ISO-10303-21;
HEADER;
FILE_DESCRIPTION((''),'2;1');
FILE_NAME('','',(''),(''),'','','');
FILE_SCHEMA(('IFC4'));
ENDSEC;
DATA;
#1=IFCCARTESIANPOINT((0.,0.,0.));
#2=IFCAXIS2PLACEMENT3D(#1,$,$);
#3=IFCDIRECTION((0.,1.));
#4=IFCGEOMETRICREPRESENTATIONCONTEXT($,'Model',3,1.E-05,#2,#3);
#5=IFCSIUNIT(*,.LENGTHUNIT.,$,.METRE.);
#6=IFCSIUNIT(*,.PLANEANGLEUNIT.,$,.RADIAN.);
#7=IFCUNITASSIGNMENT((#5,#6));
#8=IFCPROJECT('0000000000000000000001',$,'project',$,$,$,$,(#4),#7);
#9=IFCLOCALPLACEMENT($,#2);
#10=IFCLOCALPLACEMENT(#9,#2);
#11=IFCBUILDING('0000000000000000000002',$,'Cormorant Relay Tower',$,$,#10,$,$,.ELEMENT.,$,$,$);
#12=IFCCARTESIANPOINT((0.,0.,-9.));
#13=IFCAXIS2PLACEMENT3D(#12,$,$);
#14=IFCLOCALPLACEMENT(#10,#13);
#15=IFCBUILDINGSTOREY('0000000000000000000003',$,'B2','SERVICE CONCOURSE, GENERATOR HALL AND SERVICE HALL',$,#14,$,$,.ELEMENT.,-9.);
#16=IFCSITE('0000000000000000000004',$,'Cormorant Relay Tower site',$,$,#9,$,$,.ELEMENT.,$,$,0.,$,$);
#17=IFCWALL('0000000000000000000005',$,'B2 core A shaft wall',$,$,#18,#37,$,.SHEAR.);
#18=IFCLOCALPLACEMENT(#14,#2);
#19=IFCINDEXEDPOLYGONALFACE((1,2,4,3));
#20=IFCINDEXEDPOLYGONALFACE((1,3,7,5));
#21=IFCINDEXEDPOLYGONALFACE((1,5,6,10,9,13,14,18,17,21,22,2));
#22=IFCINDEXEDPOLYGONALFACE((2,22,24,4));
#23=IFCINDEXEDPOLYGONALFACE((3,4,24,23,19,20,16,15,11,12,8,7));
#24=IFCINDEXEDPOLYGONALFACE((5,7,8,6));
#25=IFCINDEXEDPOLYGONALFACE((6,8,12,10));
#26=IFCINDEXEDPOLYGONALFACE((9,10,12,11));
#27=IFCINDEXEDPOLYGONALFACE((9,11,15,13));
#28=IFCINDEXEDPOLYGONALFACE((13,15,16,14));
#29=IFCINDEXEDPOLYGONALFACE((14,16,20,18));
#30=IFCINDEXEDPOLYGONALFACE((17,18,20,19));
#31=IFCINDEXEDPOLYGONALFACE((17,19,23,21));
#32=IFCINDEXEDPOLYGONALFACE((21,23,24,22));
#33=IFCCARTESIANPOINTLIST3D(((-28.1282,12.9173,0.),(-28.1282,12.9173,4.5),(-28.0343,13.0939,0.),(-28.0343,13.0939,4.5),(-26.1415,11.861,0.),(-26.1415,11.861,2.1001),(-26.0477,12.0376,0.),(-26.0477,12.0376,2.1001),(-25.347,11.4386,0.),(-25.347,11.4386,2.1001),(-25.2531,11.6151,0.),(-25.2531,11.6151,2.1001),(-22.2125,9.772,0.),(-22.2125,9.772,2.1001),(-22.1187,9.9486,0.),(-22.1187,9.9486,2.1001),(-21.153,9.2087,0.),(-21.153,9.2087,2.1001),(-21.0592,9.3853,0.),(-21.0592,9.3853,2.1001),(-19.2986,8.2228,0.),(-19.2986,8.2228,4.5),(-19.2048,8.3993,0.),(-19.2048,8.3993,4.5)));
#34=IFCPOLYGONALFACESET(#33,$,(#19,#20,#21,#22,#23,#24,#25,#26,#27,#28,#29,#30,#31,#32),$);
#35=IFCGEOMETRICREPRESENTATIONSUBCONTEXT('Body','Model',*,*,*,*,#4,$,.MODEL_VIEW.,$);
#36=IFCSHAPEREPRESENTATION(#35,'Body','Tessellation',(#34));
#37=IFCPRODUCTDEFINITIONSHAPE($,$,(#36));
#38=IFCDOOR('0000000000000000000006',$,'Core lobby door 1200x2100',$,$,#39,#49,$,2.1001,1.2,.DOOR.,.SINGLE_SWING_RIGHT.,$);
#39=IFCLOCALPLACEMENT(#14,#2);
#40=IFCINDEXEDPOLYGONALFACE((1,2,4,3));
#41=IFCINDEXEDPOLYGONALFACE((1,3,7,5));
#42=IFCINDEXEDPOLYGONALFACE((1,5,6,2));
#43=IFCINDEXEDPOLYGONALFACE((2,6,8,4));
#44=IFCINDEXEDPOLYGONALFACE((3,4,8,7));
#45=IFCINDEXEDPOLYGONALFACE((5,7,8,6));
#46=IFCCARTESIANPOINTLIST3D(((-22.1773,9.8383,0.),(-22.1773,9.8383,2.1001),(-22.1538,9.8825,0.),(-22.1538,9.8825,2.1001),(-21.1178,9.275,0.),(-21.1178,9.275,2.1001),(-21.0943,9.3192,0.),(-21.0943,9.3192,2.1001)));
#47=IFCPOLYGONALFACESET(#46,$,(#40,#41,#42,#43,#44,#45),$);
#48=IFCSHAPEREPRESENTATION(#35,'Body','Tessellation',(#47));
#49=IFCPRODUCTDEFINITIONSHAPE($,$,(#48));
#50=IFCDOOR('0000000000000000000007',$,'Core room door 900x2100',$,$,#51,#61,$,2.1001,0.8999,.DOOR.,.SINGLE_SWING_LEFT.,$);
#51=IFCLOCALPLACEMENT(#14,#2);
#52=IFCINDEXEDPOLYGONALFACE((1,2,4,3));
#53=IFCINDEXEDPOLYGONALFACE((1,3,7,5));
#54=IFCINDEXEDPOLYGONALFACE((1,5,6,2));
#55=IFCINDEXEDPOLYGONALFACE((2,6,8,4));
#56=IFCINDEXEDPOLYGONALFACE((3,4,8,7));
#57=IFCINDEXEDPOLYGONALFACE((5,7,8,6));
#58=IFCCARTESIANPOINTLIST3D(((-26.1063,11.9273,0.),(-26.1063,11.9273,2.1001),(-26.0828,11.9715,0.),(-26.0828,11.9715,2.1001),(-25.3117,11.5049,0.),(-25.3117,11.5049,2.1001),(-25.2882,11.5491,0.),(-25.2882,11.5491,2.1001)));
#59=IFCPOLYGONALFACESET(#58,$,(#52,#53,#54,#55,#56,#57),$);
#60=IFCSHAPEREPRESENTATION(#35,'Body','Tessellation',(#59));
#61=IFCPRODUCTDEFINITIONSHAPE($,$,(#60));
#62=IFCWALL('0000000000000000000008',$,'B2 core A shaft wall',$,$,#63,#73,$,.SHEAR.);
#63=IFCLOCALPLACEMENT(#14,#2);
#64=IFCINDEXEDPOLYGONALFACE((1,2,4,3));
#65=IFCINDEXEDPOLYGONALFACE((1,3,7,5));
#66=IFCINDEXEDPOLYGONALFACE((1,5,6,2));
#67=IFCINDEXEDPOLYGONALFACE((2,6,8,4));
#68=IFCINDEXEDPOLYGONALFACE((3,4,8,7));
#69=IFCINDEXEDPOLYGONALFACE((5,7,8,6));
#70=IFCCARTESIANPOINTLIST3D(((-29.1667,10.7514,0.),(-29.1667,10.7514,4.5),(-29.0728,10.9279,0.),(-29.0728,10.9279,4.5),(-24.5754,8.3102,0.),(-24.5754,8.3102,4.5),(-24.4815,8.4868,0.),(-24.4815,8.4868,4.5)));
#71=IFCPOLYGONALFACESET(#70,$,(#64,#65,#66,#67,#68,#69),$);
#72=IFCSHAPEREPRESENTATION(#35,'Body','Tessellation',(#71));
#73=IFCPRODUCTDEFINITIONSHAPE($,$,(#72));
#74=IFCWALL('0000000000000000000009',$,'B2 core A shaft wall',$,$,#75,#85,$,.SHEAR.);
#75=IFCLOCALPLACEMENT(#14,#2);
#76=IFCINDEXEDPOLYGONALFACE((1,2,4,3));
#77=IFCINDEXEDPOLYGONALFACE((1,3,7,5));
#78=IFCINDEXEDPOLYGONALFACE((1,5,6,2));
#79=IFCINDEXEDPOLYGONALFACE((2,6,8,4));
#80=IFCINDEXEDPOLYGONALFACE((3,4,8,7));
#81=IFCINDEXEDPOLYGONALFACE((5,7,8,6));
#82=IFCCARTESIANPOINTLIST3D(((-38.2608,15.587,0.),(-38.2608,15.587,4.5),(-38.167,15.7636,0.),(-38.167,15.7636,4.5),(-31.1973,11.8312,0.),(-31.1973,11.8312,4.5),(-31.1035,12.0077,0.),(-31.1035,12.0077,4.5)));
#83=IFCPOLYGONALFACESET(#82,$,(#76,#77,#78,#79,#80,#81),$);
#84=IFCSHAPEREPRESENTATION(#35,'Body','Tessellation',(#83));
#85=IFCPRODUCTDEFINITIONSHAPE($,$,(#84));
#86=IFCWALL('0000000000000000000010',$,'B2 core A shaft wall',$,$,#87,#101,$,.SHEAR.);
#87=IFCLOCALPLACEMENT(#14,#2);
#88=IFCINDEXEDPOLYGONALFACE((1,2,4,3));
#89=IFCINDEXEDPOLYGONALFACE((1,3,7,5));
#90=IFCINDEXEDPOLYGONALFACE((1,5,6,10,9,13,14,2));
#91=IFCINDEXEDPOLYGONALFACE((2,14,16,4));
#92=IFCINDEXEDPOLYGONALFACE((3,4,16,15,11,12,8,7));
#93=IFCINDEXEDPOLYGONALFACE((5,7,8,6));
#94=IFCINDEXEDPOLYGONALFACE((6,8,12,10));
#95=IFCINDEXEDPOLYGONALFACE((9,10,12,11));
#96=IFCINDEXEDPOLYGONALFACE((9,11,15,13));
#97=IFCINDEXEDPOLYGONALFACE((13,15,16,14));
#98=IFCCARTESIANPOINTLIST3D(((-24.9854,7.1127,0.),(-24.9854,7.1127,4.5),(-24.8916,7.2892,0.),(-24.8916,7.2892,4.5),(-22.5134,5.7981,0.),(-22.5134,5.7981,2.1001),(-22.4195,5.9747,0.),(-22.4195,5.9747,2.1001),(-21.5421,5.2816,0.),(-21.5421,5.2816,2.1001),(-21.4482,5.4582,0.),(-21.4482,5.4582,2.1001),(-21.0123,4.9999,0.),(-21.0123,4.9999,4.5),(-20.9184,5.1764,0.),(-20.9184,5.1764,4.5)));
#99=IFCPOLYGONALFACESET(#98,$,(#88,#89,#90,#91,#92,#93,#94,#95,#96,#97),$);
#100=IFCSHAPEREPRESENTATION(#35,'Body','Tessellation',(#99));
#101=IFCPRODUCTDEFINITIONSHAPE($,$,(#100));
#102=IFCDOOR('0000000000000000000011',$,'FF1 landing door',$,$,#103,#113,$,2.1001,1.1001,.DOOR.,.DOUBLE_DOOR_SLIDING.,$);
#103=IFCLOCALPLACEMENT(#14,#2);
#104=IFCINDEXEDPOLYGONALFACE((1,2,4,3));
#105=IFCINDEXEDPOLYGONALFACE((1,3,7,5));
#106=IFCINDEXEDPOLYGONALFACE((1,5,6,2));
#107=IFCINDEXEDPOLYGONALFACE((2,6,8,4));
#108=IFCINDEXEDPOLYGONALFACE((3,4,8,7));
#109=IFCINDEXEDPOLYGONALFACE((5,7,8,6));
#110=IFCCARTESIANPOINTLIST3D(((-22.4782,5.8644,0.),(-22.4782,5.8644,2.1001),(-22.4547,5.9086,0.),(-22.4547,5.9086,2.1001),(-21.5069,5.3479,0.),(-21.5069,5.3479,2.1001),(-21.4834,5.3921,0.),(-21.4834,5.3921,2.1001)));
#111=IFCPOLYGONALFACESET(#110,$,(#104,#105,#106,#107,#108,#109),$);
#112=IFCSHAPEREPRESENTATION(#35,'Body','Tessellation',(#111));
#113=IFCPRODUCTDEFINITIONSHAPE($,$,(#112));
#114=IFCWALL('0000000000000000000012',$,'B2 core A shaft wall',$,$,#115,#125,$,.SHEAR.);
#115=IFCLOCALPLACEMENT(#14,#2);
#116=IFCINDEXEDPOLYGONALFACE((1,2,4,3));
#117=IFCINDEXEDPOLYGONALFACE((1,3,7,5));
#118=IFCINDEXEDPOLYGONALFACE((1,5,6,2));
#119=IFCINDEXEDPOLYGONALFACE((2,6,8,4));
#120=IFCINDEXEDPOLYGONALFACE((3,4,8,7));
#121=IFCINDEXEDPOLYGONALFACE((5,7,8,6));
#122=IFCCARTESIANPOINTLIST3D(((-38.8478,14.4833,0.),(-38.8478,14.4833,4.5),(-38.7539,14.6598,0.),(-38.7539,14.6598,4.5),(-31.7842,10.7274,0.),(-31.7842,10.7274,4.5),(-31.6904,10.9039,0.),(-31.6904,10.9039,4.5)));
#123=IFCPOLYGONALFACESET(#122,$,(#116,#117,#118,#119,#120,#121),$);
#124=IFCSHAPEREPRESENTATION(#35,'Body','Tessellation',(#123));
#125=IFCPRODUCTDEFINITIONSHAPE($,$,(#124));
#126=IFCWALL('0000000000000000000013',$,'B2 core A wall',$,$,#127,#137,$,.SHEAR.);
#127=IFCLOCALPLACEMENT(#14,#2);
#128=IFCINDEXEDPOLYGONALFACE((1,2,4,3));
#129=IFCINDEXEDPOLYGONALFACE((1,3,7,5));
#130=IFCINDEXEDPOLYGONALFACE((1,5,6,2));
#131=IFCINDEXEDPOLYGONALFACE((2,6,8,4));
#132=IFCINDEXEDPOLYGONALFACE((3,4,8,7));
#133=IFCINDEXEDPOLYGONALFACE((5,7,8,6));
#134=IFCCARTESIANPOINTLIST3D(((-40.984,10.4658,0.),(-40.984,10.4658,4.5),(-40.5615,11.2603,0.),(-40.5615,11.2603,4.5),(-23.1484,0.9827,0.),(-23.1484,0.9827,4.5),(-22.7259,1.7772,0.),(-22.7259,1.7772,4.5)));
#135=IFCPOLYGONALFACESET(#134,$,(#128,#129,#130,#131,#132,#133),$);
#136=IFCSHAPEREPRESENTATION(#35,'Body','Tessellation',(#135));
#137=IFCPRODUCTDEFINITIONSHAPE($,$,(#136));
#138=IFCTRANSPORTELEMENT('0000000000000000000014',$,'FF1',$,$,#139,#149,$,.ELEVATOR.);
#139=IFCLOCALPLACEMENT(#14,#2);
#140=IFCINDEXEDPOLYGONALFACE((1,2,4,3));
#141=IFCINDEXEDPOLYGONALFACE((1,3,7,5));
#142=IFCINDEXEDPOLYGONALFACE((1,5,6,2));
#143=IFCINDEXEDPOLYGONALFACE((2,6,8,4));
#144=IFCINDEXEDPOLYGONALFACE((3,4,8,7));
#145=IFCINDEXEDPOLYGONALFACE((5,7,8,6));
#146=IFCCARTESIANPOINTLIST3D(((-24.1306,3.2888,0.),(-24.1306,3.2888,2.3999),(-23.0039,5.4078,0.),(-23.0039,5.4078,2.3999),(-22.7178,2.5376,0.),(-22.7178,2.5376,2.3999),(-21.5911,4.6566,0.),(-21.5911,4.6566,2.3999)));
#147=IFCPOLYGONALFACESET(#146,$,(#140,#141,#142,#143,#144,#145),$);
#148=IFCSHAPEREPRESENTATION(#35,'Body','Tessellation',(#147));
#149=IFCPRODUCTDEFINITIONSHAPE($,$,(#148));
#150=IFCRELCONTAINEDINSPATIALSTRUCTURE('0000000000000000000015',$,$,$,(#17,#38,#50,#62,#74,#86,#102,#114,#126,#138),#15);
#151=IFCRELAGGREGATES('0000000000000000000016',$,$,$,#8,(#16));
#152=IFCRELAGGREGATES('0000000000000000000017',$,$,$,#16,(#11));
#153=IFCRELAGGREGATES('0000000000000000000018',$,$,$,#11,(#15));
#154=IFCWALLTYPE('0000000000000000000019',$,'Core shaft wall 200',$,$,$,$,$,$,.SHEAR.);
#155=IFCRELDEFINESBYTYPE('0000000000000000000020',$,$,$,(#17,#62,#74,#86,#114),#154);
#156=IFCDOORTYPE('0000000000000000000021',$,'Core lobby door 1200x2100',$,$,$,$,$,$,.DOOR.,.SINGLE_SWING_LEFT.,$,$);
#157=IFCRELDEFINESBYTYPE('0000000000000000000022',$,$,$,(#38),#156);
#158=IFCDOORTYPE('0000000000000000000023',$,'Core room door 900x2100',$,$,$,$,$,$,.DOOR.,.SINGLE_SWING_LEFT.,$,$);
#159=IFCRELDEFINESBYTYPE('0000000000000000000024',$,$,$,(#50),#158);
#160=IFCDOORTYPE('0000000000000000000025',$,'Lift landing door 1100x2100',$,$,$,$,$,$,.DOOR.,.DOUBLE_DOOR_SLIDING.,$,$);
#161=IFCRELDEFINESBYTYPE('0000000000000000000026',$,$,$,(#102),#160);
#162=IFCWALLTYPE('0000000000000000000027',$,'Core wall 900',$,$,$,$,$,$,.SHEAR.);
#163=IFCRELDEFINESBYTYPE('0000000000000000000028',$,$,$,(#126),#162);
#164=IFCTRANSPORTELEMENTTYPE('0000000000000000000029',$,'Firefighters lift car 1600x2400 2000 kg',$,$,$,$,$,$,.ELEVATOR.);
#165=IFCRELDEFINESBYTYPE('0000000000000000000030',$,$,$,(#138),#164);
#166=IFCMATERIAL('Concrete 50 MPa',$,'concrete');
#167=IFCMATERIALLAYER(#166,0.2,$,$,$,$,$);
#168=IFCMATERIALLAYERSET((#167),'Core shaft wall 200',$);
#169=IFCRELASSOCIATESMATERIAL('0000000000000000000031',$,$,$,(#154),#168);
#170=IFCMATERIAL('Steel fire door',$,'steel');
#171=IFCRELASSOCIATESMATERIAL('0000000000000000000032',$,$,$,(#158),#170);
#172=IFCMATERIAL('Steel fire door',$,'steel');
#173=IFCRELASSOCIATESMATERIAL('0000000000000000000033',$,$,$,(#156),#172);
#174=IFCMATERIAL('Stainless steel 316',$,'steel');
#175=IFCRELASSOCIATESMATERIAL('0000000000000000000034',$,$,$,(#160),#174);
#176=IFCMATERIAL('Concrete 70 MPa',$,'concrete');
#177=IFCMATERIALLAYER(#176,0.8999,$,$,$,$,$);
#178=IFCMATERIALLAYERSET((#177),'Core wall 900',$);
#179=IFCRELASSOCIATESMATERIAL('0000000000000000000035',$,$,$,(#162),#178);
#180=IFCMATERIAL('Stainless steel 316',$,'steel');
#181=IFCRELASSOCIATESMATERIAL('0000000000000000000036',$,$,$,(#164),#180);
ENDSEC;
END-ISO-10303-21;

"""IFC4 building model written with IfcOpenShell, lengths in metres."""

from ifc_helpers import new_model, si_unit, direction, frame, frame_2d, origin, origin_2d, place, context, subcontext, project, spatial, rectangle, extrude, material, layer, layer_set, type_object, element, fill, save


model = new_model("IFC4")

# Units and contexts
model_context = context("Model", 3, precision=1e-05, world=origin(), true_north=direction((0.0, 1.0)))
body_context = subcontext(model_context, "Body", "Model", "MODEL_VIEW")
ifc_project = project(units=[si_unit("LENGTHUNIT", "METRE"), si_unit("PLANEANGLEUNIT", "RADIAN")], contexts=[model_context])

# Site, building, storey
site_placement = place(None, origin())
site = spatial("IfcSite", under=ifc_project, at=site_placement, Name="Cormorant Relay Tower site", CompositionType="ELEMENT", RefElevation=0.0)
building_placement = place(site_placement, origin())
building = spatial("IfcBuilding", under=site, at=building_placement, Name="Cormorant Relay Tower", CompositionType="ELEMENT")
storey_placement = place(building_placement, frame((0.0, 0.0, -9.0)))
storey = spatial("IfcBuildingStorey", under=building, at=storey_placement, Name="B2", Description="SERVICE CONCOURSE, GENERATOR HALL AND SERVICE HALL", CompositionType="ELEMENT", Elevation=-9.0)

# Shared definitions
ifc_material_1 = material(Name="Concrete 50 MPa", Category="concrete")
ifc_layer_1 = layer(ifc_material_1, 0.2)
ifc_layer_set_1 = layer_set([ifc_layer_1], Name="Core shaft wall 200")
wall_type_1 = type_object("IfcWallType", Name="Core shaft wall 200", PredefinedType="SHEAR", material=ifc_layer_set_1)

# Shared definitions
ifc_material_2 = material(Name="Steel fire door", Category="steel")
door_type_1 = type_object("IfcDoorType", Name="Core room door 900x2100", OperationType="SINGLE_SWING_LEFT", PredefinedType="DOOR", material=ifc_material_2)

# Wall, openings, doors
wall_1_placement = place(storey_placement, frame((-19.2517, 8.311, 0.0), z_axis=(0.0, 0.0, 1.0), x_axis=(-0.882956, 0.469456, 0.0)))
wall_1 = element("IfcWall", 1, at=wall_1_placement, inside=storey, type_object=wall_type_1, Name="B2 core A shaft wall", PredefinedType="SHEAR", context=body_context, shape_type="SweptSolid", body=[
    extrude(rectangle(XDim=10.0, YDim=0.2, at=frame_2d((5.0, 0.0))), origin(), (0.0, 0.0, 1.0), 4.5),
])
opening_1_placement = place(wall_1_placement, frame((2.1001, 0.0, 0.0)))
opening_1 = element("IfcOpeningElement", 2, at=opening_1_placement, cuts=wall_1, PredefinedType="OPENING", context=body_context, shape_type="SweptSolid", body=[
    extrude(rectangle(XDim=1.2, YDim=2.1001, at=frame_2d((0.6001, 1.05))), frame((0.0, 0.1099, 0.0), z_axis=(0.0, -1.0, 0.0), x_axis=(1.0, 0.0, 0.0)), (0.0, 0.0, 1.0), 0.22),
])
opening_2_placement = place(wall_1_placement, frame((6.8501, 0.0, 0.0)))
opening_2 = element("IfcOpeningElement", 3, at=opening_2_placement, cuts=wall_1, PredefinedType="OPENING", context=body_context, shape_type="SweptSolid", body=[
    extrude(rectangle(XDim=0.8999, YDim=2.1001, at=frame_2d((0.45, 1.05))), frame((0.0, 0.1099, 0.0), z_axis=(0.0, -1.0, 0.0), x_axis=(1.0, 0.0, 0.0)), (0.0, 0.0, 1.0), 0.22),
])
ifc_material_3 = material(Name="Steel fire door", Category="steel")
door_type_2 = type_object("IfcDoorType", Name="Core lobby door 1200x2100", OperationType="SINGLE_SWING_LEFT", PredefinedType="DOOR", material=ifc_material_3)
door_1_placement = place(opening_1_placement, origin())
door_1 = element("IfcDoor", 4, at=door_1_placement, inside=storey, type_object=door_type_2, Name="Core lobby door 1200x2100", OperationType="SINGLE_SWING_RIGHT", OverallHeight=2.1001, OverallWidth=1.2, PredefinedType="DOOR", context=body_context, shape_type="SweptSolid", body=[
    extrude(rectangle(XDim=1.2, YDim=2.1001, at=frame_2d((0.6001, 1.05))), frame((0.0, 0.0249, 0.0), z_axis=(0.0, -1.0, 0.0), x_axis=(1.0, 0.0, 0.0)), (0.0, 0.0, 1.0), 0.05),
])
fill(opening_1, door_1)
door_2_placement = place(opening_2_placement, origin())
door_2 = element("IfcDoor", 5, at=door_2_placement, inside=storey, type_object=door_type_1, Name="Core room door 900x2100", OperationType="SINGLE_SWING_LEFT", OverallHeight=2.1001, OverallWidth=0.8999, PredefinedType="DOOR", context=body_context, shape_type="SweptSolid", body=[
    extrude(rectangle(XDim=0.8999, YDim=2.1001, at=frame_2d((0.45, 1.05))), frame((0.0, 0.0249, 0.0), z_axis=(0.0, -1.0, 0.0), x_axis=(1.0, 0.0, 0.0)), (0.0, 0.0, 1.0), 0.05),
])
fill(opening_2, door_2)

# Walls
wall_2_placement = place(storey_placement, frame((-24.5283, 8.3984, 0.0), z_axis=(0.0, 0.0, 1.0), x_axis=(-0.882954, 0.46946, 0.0)))
element("IfcWall", 6, at=wall_2_placement, inside=storey, type_object=wall_type_1, Name="B2 core A shaft wall", PredefinedType="SHEAR", context=body_context, shape_type="SweptSolid", body=[
    extrude(rectangle(XDim=5.2, YDim=0.2, at=frame_2d((2.6001, 0.0))), origin(), (0.0, 0.0, 1.0), 4.5),
])
wall_3_placement = place(storey_placement, frame((-31.1504, 11.9194, 0.0), z_axis=(0.0, 0.0, 1.0), x_axis=(-0.88294, 0.469485, 0.0)))
element("IfcWall", 7, at=wall_3_placement, inside=storey, type_object=wall_type_1, Name="B2 core A shaft wall", PredefinedType="SHEAR", context=body_context, shape_type="SweptSolid", body=[
    extrude(rectangle(XDim=8.0, YDim=0.2, at=frame_2d((4.0, 0.0))), origin(), (0.0, 0.0, 1.0), 4.5),
])

# Wall, opening, door
wall_4_placement = place(storey_placement, frame((-20.9653, 5.0881, 0.0), z_axis=(0.0, 0.0, 1.0), x_axis=(-0.882926, 0.469512, 0.0)))
wall_4 = element("IfcWall", 8, at=wall_4_placement, inside=storey, type_object=wall_type_1, Name="B2 core A shaft wall", PredefinedType="SHEAR", context=body_context, shape_type="SweptSolid", body=[
    extrude(rectangle(XDim=4.5, YDim=0.2, at=frame_2d((2.25, 0.0))), origin(), (0.0, 0.0, 1.0), 4.5),
])
opening_3_placement = place(wall_4_placement, frame((0.6001, 0.0, 0.0)))
opening_3 = element("IfcOpeningElement", 9, at=opening_3_placement, cuts=wall_4, PredefinedType="OPENING", context=body_context, shape_type="SweptSolid", body=[
    extrude(rectangle(XDim=1.1001, YDim=2.1001, at=frame_2d((0.55, 1.05))), frame((0.0, 0.1099, 0.0), z_axis=(0.0, -1.0, 0.0), x_axis=(1.0, 0.0, 0.0)), (0.0, 0.0, 1.0), 0.22),
])
ifc_material_4 = material(Name="Stainless steel 316", Category="steel")
door_type_3 = type_object("IfcDoorType", Name="Lift landing door 1100x2100", OperationType="DOUBLE_DOOR_SLIDING", PredefinedType="DOOR", material=ifc_material_4)
door_3_placement = place(opening_3_placement, origin())
door_3 = element("IfcDoor", 10, at=door_3_placement, inside=storey, type_object=door_type_3, Name="FF1 landing door", OperationType="DOUBLE_DOOR_SLIDING", OverallHeight=2.1001, OverallWidth=1.1001, PredefinedType="DOOR", context=body_context, shape_type="SweptSolid", body=[
    extrude(rectangle(XDim=1.1001, YDim=2.1001, at=frame_2d((0.55, 1.05))), frame((0.0, 0.0249, 0.0), z_axis=(0.0, -1.0, 0.0), x_axis=(1.0, 0.0, 0.0)), (0.0, 0.0, 1.0), 0.05),
])
fill(opening_3, door_3)

# Walls
wall_5_placement = place(storey_placement, frame((-31.7373, 10.8157, 0.0), z_axis=(0.0, 0.0, 1.0), x_axis=(-0.88294, 0.469485, 0.0)))
element("IfcWall", 11, at=wall_5_placement, inside=storey, type_object=wall_type_1, Name="B2 core A shaft wall", PredefinedType="SHEAR", context=body_context, shape_type="SweptSolid", body=[
    extrude(rectangle(XDim=8.0, YDim=0.2, at=frame_2d((4.0, 0.0))), origin(), (0.0, 0.0, 1.0), 4.5),
])
ifc_material_5 = material(Name="Concrete 70 MPa", Category="concrete")
ifc_layer_2 = layer(ifc_material_5, 0.8999)
ifc_layer_set_2 = layer_set([ifc_layer_2], Name="Core wall 900")
wall_type_2 = type_object("IfcWallType", Name="Core wall 900", PredefinedType="SHEAR", material=ifc_layer_set_2)
wall_6_placement = place(storey_placement, frame((-22.937, 1.3799, 0.0), z_axis=(0.0, 0.0, 1.0), x_axis=(-0.882953, 0.469462, 0.0)))
element("IfcWall", 12, at=wall_6_placement, inside=storey, type_object=wall_type_2, Name="B2 core A wall", PredefinedType="SHEAR", context=body_context, shape_type="SweptSolid", body=[
    extrude(rectangle(XDim=20.2, YDim=0.8999, at=frame_2d((10.1001, 0.0))), origin(), (0.0, 0.0, 1.0), 4.5),
])

# Transport element
ifc_material_6 = material(Name="Stainless steel 316", Category="steel")
transport_element_type = type_object("IfcTransportElementType", Name="Firefighters lift car 1600x2400 2000 kg", PredefinedType="ELEVATOR", material=ifc_material_6)
transport_element_placement = place(storey_placement, frame((-22.8608, 3.9727, 0.0), z_axis=(0.0, 0.0, 1.0), x_axis=(-0.882948, 0.469472, 0.0)))
element("IfcTransportElement", 13, at=transport_element_placement, inside=storey, type_object=transport_element_type, Name="FF1", PredefinedType="ELEVATOR", context=body_context, shape_type="SweptSolid", body=[
    extrude(rectangle(XDim=1.6001, YDim=2.3999, at=origin_2d()), origin(), (0.0, 0.0, 1.0), 2.3999),
])

save(model, "model.ifc")
